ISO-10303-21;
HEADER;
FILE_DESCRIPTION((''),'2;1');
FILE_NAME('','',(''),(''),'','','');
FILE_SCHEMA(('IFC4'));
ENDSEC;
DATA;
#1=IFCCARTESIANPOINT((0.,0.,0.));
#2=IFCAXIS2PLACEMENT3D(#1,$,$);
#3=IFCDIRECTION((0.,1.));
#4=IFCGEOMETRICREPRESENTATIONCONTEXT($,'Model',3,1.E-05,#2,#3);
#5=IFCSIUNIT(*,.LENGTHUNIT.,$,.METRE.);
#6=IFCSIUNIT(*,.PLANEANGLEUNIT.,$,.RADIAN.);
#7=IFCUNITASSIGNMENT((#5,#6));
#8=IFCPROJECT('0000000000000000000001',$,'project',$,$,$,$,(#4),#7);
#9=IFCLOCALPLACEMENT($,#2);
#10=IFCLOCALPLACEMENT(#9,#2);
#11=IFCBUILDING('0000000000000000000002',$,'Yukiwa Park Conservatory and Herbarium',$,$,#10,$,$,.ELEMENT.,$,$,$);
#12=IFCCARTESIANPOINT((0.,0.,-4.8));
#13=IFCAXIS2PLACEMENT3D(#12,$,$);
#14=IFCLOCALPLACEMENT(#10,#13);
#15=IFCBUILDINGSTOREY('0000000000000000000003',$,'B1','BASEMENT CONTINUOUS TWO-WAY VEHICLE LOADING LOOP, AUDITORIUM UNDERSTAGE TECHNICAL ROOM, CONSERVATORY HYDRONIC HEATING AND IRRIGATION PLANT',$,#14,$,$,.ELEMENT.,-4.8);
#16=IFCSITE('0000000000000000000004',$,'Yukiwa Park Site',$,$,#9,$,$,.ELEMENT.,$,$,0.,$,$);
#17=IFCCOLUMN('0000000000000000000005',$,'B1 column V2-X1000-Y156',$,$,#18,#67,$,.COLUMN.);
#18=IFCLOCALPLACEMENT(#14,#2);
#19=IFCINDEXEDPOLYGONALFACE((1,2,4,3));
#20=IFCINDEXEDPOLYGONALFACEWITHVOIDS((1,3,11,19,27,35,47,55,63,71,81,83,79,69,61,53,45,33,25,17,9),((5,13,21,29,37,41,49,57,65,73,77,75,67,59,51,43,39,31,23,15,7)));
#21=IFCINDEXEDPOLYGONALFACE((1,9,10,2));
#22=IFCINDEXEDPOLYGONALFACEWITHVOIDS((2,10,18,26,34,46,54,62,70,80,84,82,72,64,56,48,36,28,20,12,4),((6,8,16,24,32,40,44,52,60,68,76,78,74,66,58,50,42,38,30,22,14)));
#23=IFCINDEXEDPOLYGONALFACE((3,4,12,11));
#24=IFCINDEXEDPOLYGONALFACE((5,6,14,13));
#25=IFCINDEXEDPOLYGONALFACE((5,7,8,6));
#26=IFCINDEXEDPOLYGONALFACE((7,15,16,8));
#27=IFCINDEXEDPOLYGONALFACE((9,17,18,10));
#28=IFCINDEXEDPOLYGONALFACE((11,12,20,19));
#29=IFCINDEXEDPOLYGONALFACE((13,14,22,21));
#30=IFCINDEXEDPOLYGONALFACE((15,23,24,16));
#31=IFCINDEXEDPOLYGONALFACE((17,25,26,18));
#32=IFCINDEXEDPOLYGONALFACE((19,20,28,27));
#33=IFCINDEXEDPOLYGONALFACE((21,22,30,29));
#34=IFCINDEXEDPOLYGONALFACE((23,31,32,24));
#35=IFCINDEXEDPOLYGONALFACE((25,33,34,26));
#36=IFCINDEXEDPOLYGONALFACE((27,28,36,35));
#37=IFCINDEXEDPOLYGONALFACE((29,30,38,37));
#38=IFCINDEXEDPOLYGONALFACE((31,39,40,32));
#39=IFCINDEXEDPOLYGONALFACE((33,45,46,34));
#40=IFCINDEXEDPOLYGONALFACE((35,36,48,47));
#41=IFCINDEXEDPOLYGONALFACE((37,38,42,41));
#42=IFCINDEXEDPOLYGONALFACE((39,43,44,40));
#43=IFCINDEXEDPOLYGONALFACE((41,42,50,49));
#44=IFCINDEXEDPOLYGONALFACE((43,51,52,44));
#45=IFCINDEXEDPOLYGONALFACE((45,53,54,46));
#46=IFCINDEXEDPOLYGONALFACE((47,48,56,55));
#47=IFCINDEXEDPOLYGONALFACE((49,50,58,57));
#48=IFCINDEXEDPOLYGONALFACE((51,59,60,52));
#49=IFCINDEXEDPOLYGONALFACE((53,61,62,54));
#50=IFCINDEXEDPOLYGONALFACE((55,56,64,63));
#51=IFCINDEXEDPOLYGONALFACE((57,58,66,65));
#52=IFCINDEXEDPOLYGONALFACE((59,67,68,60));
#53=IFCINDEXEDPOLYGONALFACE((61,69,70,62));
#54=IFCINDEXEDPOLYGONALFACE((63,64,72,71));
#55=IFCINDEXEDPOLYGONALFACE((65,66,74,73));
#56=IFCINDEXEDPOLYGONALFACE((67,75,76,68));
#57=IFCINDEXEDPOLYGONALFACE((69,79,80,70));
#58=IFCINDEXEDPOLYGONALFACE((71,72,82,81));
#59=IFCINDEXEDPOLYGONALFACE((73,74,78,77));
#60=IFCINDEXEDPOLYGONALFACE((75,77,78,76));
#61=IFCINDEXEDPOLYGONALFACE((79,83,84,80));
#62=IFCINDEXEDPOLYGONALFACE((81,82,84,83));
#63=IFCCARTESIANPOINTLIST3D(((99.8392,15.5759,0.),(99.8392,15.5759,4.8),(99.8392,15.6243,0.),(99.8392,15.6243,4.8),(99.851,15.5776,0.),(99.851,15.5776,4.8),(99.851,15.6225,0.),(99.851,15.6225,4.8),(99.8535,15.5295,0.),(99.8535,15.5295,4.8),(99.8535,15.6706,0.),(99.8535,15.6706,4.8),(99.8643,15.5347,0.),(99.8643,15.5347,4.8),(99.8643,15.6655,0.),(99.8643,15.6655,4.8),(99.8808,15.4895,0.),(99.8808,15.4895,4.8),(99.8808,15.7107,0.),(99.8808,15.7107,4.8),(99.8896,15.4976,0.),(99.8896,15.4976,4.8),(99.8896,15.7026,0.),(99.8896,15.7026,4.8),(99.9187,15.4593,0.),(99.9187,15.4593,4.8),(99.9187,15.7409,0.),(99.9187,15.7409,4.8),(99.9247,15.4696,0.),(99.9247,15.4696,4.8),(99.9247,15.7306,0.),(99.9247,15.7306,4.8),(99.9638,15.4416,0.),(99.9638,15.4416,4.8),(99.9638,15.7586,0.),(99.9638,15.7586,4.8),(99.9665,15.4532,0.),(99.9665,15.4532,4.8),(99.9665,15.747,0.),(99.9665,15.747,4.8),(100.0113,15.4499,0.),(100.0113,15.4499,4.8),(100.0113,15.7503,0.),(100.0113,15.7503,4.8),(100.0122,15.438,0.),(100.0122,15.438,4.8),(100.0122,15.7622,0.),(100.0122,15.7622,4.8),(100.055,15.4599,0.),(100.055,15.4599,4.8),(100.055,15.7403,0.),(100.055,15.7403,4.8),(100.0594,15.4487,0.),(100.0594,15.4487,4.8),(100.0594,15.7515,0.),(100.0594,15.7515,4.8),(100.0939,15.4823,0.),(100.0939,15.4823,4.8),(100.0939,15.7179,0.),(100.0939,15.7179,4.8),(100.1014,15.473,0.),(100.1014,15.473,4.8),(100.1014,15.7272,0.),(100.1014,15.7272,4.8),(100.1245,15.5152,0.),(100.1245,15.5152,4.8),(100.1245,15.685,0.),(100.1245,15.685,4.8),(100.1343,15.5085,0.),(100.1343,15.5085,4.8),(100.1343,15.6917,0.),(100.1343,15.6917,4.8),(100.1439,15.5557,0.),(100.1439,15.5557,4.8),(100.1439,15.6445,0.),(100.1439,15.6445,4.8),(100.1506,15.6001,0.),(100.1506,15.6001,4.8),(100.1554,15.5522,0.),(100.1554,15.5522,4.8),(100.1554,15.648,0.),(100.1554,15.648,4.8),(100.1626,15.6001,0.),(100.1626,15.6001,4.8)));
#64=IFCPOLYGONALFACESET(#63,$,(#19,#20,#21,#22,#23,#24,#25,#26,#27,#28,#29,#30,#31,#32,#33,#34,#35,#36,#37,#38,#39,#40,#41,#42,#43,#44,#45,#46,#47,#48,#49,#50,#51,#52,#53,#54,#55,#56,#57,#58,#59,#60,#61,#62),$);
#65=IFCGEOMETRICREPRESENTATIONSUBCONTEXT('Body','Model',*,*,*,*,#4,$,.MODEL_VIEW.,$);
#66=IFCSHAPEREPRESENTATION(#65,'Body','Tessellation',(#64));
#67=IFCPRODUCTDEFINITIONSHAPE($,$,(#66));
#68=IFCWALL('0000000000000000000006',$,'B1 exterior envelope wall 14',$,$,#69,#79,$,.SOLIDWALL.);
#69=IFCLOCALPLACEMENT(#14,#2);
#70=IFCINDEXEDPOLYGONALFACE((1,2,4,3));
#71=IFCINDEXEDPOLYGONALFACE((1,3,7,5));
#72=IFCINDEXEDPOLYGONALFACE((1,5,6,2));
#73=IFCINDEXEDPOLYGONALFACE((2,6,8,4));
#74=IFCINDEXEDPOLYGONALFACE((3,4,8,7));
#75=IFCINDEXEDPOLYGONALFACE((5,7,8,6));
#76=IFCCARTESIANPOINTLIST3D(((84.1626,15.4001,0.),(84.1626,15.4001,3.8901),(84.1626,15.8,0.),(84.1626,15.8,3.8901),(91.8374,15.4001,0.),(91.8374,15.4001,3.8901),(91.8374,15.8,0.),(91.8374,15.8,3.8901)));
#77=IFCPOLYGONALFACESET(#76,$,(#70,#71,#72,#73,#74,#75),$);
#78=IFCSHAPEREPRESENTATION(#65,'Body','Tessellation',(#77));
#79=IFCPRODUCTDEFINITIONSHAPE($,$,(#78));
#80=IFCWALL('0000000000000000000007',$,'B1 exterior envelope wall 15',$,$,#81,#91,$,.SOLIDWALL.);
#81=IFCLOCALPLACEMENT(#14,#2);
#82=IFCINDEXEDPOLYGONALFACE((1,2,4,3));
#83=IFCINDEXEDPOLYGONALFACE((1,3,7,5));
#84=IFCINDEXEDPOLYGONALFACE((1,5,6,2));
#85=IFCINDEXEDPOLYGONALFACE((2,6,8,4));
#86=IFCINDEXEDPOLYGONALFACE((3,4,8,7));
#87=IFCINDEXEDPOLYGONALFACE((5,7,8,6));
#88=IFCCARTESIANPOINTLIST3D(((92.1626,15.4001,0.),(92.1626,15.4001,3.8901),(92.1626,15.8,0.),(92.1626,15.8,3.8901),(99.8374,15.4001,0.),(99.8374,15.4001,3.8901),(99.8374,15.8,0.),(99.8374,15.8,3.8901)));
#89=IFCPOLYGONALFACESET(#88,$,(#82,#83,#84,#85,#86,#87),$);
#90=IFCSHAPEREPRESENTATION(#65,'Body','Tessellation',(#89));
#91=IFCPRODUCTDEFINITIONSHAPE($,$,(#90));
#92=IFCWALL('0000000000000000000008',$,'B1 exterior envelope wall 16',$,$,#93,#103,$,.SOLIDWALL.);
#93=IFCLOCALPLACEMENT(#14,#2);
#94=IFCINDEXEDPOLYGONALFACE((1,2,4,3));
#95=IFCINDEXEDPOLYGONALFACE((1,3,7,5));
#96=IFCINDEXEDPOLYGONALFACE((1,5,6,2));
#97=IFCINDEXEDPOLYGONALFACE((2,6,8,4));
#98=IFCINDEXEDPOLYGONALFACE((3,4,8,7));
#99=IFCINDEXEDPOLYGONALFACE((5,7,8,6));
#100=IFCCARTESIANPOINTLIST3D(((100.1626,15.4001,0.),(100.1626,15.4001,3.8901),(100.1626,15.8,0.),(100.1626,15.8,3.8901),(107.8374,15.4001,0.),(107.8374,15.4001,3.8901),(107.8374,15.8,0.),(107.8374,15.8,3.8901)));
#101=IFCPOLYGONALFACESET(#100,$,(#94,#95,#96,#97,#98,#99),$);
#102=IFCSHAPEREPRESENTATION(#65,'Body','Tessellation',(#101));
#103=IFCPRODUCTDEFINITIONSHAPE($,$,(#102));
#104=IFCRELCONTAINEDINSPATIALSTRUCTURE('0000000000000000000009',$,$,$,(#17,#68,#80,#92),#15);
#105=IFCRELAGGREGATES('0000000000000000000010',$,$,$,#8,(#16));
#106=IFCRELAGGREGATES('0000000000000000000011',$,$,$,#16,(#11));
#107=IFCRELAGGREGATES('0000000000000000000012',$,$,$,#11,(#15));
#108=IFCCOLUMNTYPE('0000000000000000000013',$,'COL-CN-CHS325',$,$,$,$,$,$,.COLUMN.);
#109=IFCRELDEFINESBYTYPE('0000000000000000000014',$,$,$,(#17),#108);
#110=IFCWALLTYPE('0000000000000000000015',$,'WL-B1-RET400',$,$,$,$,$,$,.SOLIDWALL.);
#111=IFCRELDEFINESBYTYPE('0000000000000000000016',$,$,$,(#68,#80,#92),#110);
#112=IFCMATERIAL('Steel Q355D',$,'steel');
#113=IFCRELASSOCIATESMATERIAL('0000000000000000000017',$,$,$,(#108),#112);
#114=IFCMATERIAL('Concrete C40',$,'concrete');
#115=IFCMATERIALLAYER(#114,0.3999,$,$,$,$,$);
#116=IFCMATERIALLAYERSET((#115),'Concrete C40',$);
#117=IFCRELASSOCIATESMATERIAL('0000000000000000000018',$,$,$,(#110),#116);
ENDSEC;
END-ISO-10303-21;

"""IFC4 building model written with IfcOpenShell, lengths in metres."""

from ifc_helpers import new_model, si_unit, direction, frame, frame_2d, origin, origin_2d, place, context, subcontext, project, spatial, rectangle, hollow_circle, extrude, material, layer, layer_set, material_profile, profile_set, type_object, element, save


model = new_model("IFC4")

# Units and contexts
model_context = context("Model", 3, precision=1e-05, world=origin(), true_north=direction((0.0, 1.0)))
body_context = subcontext(model_context, "Body", "Model", "MODEL_VIEW")
ifc_project = project(units=[si_unit("LENGTHUNIT", "METRE"), si_unit("PLANEANGLEUNIT", "RADIAN")], contexts=[model_context])

# Site, building, storey
site_placement = place(None, origin())
site = spatial("IfcSite", under=ifc_project, at=site_placement, Name="Yukiwa Park Site", CompositionType="ELEMENT", RefElevation=0.0)
building_placement = place(site_placement, origin())
building = spatial("IfcBuilding", under=site, at=building_placement, Name="Yukiwa Park Conservatory and Herbarium", CompositionType="ELEMENT")
storey_placement = place(building_placement, frame((0.0, 0.0, -4.8)))
storey = spatial("IfcBuildingStorey", under=building, at=storey_placement, Name="B1", Description="BASEMENT CONTINUOUS TWO-WAY VEHICLE LOADING LOOP, AUDITORIUM UNDERSTAGE TECHNICAL ROOM, CONSERVATORY HYDRONIC HEATING AND IRRIGATION PLANT", CompositionType="ELEMENT", Elevation=-4.8)

# Column
ifc_material_1 = material(Name="Steel Q355D", Category="steel")
ifc_material_profile_1 = material_profile(ifc_material_1, hollow_circle(Radius=0.1626, WallThickness=0.012, at=origin_2d()), Name="CHS 325x12")
ifc_profile_set_1 = profile_set([ifc_material_profile_1], Name="Steel Q355D")
column_type_1 = type_object("IfcColumnType", Name="COL-CN-CHS325", PredefinedType="COLUMN", material=ifc_profile_set_1)
for number, where, z_axis, x_axis, name in (
    (1, (100.0, 15.6001, 0.0), (0.0, 0.0, 1.0), (1.0, 0.0, 0.0), "B1 column V2-X1000-Y156"),
):
    element("IfcColumn", number, at=place(storey_placement, frame(where, z_axis=z_axis, x_axis=x_axis)), inside=storey, type_object=column_type_1, Name=name, PredefinedType="COLUMN", context=body_context, shape_type="SweptSolid", body=[
        extrude(hollow_circle(Radius=0.1626, WallThickness=0.012, at=origin_2d()), origin(), (0.0, 0.0, 1.0), 4.8),
    ])

# Walls
ifc_material_2 = material(Name="Concrete C40", Category="concrete")
ifc_layer = layer(ifc_material_2, 0.3999)
ifc_layer_set = layer_set([ifc_layer], Name="Concrete C40")
wall_type = type_object("IfcWallType", Name="WL-B1-RET400", PredefinedType="SOLIDWALL", material=ifc_layer_set)
for number, where, z_axis, x_axis, name in (
    (2, (84.1626, 15.6001, 0.0), (0.0, 0.0, 1.0), (1.0, 0.0, 0.0), "B1 exterior envelope wall 14"),
    (3, (92.1626, 15.6001, 0.0), (0.0, 0.0, 1.0), (1.0, 0.0, 0.0), "B1 exterior envelope wall 15"),
    (4, (100.1626, 15.6001, 0.0), (0.0, 0.0, 1.0), (1.0, 0.0, 0.0), "B1 exterior envelope wall 16"),
):
    element("IfcWall", number, at=place(storey_placement, frame(where, z_axis=z_axis, x_axis=x_axis)), inside=storey, type_object=wall_type, Name=name, PredefinedType="SOLIDWALL", context=body_context, shape_type="SweptSolid", body=[
        extrude(rectangle(XDim=7.6748, YDim=0.3999, at=frame_2d((3.8374, 0.0))), origin(), (0.0, 0.0, 1.0), 3.8901),
    ])

save(model, "model.ifc")
